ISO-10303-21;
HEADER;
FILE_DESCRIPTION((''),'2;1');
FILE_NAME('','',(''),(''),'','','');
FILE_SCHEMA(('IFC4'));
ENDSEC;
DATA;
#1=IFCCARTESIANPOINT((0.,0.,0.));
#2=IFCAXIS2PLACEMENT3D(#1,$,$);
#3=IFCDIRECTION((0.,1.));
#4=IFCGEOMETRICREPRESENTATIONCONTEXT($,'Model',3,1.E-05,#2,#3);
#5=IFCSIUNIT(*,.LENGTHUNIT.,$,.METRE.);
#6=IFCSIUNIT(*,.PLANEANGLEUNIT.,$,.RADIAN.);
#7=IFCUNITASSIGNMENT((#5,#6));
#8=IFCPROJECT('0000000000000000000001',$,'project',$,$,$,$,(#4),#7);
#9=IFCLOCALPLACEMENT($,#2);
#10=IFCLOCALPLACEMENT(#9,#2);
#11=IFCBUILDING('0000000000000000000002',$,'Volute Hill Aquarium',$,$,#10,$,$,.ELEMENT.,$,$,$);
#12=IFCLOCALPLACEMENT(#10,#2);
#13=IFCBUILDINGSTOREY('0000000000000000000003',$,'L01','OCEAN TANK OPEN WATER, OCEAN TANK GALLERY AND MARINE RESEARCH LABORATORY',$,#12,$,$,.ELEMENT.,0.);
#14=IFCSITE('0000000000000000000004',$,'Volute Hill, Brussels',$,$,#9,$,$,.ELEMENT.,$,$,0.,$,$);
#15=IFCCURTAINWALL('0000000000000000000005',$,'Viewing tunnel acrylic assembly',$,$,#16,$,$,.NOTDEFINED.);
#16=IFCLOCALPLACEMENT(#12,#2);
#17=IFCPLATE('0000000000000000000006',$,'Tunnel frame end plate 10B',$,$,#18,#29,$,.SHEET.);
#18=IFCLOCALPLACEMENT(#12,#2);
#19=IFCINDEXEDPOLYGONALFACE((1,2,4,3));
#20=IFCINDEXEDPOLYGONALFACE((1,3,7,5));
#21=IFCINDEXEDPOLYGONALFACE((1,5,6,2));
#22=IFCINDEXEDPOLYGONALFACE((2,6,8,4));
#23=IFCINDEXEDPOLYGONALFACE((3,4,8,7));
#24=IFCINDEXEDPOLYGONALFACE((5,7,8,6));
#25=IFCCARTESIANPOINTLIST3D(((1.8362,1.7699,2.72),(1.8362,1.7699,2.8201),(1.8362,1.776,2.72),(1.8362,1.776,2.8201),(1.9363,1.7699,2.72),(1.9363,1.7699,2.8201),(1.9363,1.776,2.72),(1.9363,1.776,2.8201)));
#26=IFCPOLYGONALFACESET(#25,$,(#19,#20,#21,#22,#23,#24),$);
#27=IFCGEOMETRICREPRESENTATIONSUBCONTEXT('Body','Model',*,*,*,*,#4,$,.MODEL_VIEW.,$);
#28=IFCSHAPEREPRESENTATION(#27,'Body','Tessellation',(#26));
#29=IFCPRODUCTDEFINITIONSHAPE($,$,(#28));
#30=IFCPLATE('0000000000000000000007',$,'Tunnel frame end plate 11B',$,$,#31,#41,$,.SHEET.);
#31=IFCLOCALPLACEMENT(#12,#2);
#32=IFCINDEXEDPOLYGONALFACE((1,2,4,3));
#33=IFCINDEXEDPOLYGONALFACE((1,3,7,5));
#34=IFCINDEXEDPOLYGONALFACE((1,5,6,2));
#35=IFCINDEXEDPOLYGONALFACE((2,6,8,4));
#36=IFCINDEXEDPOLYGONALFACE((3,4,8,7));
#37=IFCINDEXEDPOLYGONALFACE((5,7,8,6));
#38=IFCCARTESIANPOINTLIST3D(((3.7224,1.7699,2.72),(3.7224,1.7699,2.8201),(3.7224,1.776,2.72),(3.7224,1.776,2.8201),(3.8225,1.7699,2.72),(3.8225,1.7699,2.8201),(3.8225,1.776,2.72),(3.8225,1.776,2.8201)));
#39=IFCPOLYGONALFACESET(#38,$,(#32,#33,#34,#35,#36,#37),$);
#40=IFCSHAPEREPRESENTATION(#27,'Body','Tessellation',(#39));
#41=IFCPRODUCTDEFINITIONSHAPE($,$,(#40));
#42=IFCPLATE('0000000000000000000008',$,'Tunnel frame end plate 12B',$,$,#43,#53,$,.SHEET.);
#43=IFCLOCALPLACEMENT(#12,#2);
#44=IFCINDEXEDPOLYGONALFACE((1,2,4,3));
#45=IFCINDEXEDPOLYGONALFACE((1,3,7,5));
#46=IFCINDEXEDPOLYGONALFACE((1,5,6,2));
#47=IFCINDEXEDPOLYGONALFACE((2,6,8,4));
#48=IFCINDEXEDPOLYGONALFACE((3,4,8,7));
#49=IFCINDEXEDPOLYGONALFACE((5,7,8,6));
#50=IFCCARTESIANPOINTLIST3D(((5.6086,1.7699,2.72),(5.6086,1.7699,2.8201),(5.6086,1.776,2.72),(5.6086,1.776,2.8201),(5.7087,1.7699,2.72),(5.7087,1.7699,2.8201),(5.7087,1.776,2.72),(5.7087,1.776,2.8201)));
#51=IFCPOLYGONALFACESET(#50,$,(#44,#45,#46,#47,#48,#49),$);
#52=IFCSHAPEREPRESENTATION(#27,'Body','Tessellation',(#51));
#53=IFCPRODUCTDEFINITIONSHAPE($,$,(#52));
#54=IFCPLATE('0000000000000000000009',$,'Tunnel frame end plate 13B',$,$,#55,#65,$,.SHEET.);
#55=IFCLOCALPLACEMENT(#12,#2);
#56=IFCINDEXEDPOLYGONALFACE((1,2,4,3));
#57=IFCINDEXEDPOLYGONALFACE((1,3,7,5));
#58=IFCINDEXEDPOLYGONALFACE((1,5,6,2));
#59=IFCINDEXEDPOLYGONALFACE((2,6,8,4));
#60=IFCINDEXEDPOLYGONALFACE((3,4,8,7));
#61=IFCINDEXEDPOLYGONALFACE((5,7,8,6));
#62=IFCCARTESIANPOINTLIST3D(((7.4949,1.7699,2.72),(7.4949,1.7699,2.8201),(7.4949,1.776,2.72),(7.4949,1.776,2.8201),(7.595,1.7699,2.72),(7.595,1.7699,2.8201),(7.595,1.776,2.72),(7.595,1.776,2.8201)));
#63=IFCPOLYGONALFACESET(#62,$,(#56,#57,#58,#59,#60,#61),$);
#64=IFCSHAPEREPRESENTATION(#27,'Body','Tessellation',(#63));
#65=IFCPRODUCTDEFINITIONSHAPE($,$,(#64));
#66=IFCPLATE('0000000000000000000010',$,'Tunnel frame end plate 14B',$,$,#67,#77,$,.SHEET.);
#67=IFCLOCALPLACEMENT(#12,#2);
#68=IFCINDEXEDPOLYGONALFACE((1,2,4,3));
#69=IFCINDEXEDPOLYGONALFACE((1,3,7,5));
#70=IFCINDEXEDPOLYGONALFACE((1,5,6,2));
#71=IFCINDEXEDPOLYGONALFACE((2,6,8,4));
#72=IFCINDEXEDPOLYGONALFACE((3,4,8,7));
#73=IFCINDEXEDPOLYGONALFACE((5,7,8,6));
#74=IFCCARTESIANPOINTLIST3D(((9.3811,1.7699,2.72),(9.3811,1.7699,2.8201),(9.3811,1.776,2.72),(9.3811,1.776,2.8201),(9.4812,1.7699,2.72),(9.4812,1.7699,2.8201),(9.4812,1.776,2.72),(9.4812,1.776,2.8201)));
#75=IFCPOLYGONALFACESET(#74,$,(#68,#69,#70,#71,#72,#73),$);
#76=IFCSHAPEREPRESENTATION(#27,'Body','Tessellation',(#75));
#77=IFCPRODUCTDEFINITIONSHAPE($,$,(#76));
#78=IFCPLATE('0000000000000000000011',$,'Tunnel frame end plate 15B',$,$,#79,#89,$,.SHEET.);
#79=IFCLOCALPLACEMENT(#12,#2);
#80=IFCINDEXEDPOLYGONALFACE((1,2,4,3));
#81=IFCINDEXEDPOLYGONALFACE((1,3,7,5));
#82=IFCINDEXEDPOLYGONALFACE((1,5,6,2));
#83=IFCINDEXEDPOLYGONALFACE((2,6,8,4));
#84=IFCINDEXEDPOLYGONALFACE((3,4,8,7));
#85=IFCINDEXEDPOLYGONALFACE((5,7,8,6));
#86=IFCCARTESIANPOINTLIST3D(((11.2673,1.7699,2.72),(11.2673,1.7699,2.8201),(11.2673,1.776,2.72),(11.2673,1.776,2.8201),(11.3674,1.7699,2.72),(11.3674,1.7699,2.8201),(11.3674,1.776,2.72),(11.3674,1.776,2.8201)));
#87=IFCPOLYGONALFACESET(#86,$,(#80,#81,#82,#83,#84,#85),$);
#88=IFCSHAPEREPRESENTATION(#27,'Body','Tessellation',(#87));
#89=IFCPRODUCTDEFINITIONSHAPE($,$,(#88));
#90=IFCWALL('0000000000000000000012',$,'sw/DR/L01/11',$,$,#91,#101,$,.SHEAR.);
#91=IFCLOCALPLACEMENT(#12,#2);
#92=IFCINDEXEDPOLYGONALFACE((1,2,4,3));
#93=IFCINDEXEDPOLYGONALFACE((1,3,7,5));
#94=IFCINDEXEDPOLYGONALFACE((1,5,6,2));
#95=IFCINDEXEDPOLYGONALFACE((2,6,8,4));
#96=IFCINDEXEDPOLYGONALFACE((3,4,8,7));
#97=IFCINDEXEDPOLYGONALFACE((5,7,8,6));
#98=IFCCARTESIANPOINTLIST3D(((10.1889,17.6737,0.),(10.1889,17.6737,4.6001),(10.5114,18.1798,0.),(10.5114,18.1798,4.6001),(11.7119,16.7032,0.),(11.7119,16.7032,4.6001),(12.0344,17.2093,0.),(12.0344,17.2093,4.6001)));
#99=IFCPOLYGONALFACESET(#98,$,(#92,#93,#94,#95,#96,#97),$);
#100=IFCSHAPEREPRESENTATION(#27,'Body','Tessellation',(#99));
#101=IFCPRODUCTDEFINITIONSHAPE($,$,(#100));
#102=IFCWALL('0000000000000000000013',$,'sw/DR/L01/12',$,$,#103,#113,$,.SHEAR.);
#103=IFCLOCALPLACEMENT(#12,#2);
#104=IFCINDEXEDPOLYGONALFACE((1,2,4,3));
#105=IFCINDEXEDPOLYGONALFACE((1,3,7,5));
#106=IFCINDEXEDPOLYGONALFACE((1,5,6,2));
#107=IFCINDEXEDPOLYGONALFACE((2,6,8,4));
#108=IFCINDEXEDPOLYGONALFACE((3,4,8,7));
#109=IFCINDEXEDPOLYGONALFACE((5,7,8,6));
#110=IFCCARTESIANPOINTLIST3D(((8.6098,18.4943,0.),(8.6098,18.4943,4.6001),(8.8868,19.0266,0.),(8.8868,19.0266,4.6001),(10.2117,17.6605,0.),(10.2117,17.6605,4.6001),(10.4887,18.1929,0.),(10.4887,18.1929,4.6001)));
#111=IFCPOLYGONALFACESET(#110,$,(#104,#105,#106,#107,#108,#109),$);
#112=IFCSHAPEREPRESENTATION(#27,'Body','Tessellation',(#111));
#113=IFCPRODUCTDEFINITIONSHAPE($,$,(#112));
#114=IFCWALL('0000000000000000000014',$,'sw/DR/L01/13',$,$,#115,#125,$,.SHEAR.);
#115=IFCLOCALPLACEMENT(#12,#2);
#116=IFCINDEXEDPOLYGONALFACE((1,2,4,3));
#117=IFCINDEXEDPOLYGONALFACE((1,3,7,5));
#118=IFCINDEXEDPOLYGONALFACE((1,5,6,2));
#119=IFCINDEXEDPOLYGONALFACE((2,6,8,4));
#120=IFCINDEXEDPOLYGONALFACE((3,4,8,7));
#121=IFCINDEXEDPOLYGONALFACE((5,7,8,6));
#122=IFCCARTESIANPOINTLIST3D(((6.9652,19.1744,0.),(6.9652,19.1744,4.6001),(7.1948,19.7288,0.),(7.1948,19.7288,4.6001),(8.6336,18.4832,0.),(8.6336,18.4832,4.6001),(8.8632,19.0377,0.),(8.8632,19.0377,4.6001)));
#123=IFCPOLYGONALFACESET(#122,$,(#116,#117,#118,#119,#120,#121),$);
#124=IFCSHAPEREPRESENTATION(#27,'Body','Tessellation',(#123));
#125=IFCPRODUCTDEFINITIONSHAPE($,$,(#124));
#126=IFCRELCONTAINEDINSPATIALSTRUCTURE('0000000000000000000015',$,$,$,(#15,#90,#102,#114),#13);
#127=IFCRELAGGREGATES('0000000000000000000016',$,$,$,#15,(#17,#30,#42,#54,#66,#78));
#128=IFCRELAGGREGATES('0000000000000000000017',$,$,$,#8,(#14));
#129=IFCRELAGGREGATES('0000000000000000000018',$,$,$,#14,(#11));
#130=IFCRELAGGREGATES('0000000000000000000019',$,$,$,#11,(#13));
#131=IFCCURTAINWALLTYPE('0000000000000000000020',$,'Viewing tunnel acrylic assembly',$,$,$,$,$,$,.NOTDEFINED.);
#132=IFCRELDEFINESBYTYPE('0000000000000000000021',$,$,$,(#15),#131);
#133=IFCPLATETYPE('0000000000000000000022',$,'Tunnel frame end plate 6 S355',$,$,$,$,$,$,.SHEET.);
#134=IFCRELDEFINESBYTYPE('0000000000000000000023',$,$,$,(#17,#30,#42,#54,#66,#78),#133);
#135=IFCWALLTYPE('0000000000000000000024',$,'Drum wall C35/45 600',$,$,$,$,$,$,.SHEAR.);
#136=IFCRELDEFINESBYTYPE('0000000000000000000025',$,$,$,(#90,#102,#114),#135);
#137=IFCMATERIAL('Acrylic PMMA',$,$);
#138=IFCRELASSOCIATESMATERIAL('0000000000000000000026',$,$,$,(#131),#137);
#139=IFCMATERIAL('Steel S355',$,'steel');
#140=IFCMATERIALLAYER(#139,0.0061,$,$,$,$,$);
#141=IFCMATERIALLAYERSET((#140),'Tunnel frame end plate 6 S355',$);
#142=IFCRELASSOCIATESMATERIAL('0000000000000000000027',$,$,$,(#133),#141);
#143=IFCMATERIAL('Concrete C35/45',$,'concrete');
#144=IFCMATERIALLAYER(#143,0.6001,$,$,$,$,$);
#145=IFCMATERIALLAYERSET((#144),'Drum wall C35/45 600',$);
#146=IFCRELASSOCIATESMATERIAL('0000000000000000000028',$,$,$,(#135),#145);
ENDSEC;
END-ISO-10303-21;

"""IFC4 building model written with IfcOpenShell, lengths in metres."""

from ifc_helpers import new_model, si_unit, direction, frame, frame_2d, origin, origin_2d, place, context, subcontext, project, spatial, rectangle, extrude, material, layer, layer_set, type_object, element, aggregate, save


model = new_model("IFC4")

# Units and contexts
model_context = context("Model", 3, precision=1e-05, world=origin(), true_north=direction((0.0, 1.0)))
body_context = subcontext(model_context, "Body", "Model", "MODEL_VIEW")
ifc_project = project(units=[si_unit("LENGTHUNIT", "METRE"), si_unit("PLANEANGLEUNIT", "RADIAN")], contexts=[model_context])

# Site, building, storey
site_placement = place(None, origin())
site = spatial("IfcSite", under=ifc_project, at=site_placement, Name="Volute Hill, Brussels", CompositionType="ELEMENT", RefElevation=0.0)
building_placement = place(site_placement, origin())
building = spatial("IfcBuilding", under=site, at=building_placement, Name="Volute Hill Aquarium", CompositionType="ELEMENT")
storey_placement = place(building_placement, origin())
storey = spatial("IfcBuildingStorey", under=building, at=storey_placement, Name="L01", Description="OCEAN TANK OPEN WATER, OCEAN TANK GALLERY AND MARINE RESEARCH LABORATORY", CompositionType="ELEMENT", Elevation=0.0)

# Curtain wall, plates
ifc_material_1 = material(Name="Acrylic PMMA")
curtain_wall_type = type_object("IfcCurtainWallType", Name="Viewing tunnel acrylic assembly", PredefinedType="NOTDEFINED", material=ifc_material_1)
curtain_wall_placement = place(storey_placement, origin())
curtain_wall = element("IfcCurtainWall", 1, at=curtain_wall_placement, inside=storey, type_object=curtain_wall_type, Name="Viewing tunnel acrylic assembly", PredefinedType="NOTDEFINED")
ifc_material_2 = material(Name="Steel S355", Category="steel")
ifc_layer_1 = layer(ifc_material_2, 0.0061)
ifc_layer_set_1 = layer_set([ifc_layer_1], Name="Tunnel frame end plate 6 S355")
plate_type_1 = type_object("IfcPlateType", Name="Tunnel frame end plate 6 S355", PredefinedType="SHEET", material=ifc_layer_set_1)
plate_1_placement = place(storey_placement, frame((1.8862, 1.7729, 2.72), z_axis=(0.0, 0.0, 1.0), x_axis=(1.0, 0.0, 0.0)))
plate_1 = element("IfcPlate", 2, at=plate_1_placement, type_object=plate_type_1, Name="Tunnel frame end plate 10B", PredefinedType="SHEET", context=body_context, shape_type="SweptSolid", body=[
    extrude(rectangle(XDim=0.1001, YDim=0.0061, at=origin_2d()), origin(), (0.0, 0.0, 1.0), 0.1001),
])
plate_2_placement = place(storey_placement, frame((3.7725, 1.7729, 2.72), z_axis=(0.0, 0.0, 1.0), x_axis=(1.0, 0.0, 0.0)))
plate_2 = element("IfcPlate", 3, at=plate_2_placement, type_object=plate_type_1, Name="Tunnel frame end plate 11B", PredefinedType="SHEET", context=body_context, shape_type="SweptSolid", body=[
    extrude(rectangle(XDim=0.1001, YDim=0.0061, at=origin_2d()), origin(), (0.0, 0.0, 1.0), 0.1001),
])
plate_3_placement = place(storey_placement, frame((5.6587, 1.7729, 2.72), z_axis=(0.0, 0.0, 1.0), x_axis=(1.0, 0.0, 0.0)))
plate_3 = element("IfcPlate", 4, at=plate_3_placement, type_object=plate_type_1, Name="Tunnel frame end plate 12B", PredefinedType="SHEET", context=body_context, shape_type="SweptSolid", body=[
    extrude(rectangle(XDim=0.1001, YDim=0.0061, at=origin_2d()), origin(), (0.0, 0.0, 1.0), 0.1001),
])
plate_4_placement = place(storey_placement, frame((7.5449, 1.7729, 2.72), z_axis=(0.0, 0.0, 1.0), x_axis=(1.0, 0.0, 0.0)))
plate_4 = element("IfcPlate", 5, at=plate_4_placement, type_object=plate_type_1, Name="Tunnel frame end plate 13B", PredefinedType="SHEET", context=body_context, shape_type="SweptSolid", body=[
    extrude(rectangle(XDim=0.1001, YDim=0.0061, at=origin_2d()), origin(), (0.0, 0.0, 1.0), 0.1001),
])
plate_5_placement = place(storey_placement, frame((9.4312, 1.7729, 2.72), z_axis=(0.0, 0.0, 1.0), x_axis=(1.0, 0.0, 0.0)))
plate_5 = element("IfcPlate", 6, at=plate_5_placement, type_object=plate_type_1, Name="Tunnel frame end plate 14B", PredefinedType="SHEET", context=body_context, shape_type="SweptSolid", body=[
    extrude(rectangle(XDim=0.1001, YDim=0.0061, at=origin_2d()), origin(), (0.0, 0.0, 1.0), 0.1001),
])
plate_6_placement = place(storey_placement, frame((11.3174, 1.7729, 2.72), z_axis=(0.0, 0.0, 1.0), x_axis=(1.0, 0.0, 0.0)))
plate_6 = element("IfcPlate", 7, at=plate_6_placement, type_object=plate_type_1, Name="Tunnel frame end plate 15B", PredefinedType="SHEET", context=body_context, shape_type="SweptSolid", body=[
    extrude(rectangle(XDim=0.1001, YDim=0.0061, at=origin_2d()), origin(), (0.0, 0.0, 1.0), 0.1001),
])
aggregate(curtain_wall, [plate_1, plate_2, plate_3, plate_4, plate_5, plate_6])

# Walls
ifc_material_3 = material(Name="Concrete C35/45", Category="concrete")
ifc_layer_2 = layer(ifc_material_3, 0.6001)
ifc_layer_set_2 = layer_set([ifc_layer_2], Name="Drum wall C35/45 600")
wall_type = type_object("IfcWallType", Name="Drum wall C35/45 600", PredefinedType="SHEAR", material=ifc_layer_set_2)
for number, where, z_axis, x_axis, name in (
    (8, (11.873, 16.9563, 0.0), (0.0, 0.0, 1.0), (-0.843333, 0.537392, 0.0), "sw/DR/L01/11"),
    (9, (10.3501, 17.9268, 0.0), (0.0, 0.0, 1.0), (-0.887035, 0.461702, 0.0), "sw/DR/L01/12"),
    (10, (8.7483, 18.7605, 0.0), (0.0, 0.0, 1.0), (-0.923867, 0.382714, 0.0), "sw/DR/L01/13"),
):
    element("IfcWall", number, at=place(storey_placement, frame(where, z_axis=z_axis, x_axis=x_axis)), inside=storey, type_object=wall_type, Name=name, PredefinedType="SHEAR", context=body_context, shape_type="SweptSolid", body=[
        extrude(rectangle(XDim=1.8059, YDim=0.6001, at=frame_2d((0.9028, 0.0))), origin(), (0.0, 0.0, 1.0), 4.6001),
    ])

save(model, "model.ifc")
